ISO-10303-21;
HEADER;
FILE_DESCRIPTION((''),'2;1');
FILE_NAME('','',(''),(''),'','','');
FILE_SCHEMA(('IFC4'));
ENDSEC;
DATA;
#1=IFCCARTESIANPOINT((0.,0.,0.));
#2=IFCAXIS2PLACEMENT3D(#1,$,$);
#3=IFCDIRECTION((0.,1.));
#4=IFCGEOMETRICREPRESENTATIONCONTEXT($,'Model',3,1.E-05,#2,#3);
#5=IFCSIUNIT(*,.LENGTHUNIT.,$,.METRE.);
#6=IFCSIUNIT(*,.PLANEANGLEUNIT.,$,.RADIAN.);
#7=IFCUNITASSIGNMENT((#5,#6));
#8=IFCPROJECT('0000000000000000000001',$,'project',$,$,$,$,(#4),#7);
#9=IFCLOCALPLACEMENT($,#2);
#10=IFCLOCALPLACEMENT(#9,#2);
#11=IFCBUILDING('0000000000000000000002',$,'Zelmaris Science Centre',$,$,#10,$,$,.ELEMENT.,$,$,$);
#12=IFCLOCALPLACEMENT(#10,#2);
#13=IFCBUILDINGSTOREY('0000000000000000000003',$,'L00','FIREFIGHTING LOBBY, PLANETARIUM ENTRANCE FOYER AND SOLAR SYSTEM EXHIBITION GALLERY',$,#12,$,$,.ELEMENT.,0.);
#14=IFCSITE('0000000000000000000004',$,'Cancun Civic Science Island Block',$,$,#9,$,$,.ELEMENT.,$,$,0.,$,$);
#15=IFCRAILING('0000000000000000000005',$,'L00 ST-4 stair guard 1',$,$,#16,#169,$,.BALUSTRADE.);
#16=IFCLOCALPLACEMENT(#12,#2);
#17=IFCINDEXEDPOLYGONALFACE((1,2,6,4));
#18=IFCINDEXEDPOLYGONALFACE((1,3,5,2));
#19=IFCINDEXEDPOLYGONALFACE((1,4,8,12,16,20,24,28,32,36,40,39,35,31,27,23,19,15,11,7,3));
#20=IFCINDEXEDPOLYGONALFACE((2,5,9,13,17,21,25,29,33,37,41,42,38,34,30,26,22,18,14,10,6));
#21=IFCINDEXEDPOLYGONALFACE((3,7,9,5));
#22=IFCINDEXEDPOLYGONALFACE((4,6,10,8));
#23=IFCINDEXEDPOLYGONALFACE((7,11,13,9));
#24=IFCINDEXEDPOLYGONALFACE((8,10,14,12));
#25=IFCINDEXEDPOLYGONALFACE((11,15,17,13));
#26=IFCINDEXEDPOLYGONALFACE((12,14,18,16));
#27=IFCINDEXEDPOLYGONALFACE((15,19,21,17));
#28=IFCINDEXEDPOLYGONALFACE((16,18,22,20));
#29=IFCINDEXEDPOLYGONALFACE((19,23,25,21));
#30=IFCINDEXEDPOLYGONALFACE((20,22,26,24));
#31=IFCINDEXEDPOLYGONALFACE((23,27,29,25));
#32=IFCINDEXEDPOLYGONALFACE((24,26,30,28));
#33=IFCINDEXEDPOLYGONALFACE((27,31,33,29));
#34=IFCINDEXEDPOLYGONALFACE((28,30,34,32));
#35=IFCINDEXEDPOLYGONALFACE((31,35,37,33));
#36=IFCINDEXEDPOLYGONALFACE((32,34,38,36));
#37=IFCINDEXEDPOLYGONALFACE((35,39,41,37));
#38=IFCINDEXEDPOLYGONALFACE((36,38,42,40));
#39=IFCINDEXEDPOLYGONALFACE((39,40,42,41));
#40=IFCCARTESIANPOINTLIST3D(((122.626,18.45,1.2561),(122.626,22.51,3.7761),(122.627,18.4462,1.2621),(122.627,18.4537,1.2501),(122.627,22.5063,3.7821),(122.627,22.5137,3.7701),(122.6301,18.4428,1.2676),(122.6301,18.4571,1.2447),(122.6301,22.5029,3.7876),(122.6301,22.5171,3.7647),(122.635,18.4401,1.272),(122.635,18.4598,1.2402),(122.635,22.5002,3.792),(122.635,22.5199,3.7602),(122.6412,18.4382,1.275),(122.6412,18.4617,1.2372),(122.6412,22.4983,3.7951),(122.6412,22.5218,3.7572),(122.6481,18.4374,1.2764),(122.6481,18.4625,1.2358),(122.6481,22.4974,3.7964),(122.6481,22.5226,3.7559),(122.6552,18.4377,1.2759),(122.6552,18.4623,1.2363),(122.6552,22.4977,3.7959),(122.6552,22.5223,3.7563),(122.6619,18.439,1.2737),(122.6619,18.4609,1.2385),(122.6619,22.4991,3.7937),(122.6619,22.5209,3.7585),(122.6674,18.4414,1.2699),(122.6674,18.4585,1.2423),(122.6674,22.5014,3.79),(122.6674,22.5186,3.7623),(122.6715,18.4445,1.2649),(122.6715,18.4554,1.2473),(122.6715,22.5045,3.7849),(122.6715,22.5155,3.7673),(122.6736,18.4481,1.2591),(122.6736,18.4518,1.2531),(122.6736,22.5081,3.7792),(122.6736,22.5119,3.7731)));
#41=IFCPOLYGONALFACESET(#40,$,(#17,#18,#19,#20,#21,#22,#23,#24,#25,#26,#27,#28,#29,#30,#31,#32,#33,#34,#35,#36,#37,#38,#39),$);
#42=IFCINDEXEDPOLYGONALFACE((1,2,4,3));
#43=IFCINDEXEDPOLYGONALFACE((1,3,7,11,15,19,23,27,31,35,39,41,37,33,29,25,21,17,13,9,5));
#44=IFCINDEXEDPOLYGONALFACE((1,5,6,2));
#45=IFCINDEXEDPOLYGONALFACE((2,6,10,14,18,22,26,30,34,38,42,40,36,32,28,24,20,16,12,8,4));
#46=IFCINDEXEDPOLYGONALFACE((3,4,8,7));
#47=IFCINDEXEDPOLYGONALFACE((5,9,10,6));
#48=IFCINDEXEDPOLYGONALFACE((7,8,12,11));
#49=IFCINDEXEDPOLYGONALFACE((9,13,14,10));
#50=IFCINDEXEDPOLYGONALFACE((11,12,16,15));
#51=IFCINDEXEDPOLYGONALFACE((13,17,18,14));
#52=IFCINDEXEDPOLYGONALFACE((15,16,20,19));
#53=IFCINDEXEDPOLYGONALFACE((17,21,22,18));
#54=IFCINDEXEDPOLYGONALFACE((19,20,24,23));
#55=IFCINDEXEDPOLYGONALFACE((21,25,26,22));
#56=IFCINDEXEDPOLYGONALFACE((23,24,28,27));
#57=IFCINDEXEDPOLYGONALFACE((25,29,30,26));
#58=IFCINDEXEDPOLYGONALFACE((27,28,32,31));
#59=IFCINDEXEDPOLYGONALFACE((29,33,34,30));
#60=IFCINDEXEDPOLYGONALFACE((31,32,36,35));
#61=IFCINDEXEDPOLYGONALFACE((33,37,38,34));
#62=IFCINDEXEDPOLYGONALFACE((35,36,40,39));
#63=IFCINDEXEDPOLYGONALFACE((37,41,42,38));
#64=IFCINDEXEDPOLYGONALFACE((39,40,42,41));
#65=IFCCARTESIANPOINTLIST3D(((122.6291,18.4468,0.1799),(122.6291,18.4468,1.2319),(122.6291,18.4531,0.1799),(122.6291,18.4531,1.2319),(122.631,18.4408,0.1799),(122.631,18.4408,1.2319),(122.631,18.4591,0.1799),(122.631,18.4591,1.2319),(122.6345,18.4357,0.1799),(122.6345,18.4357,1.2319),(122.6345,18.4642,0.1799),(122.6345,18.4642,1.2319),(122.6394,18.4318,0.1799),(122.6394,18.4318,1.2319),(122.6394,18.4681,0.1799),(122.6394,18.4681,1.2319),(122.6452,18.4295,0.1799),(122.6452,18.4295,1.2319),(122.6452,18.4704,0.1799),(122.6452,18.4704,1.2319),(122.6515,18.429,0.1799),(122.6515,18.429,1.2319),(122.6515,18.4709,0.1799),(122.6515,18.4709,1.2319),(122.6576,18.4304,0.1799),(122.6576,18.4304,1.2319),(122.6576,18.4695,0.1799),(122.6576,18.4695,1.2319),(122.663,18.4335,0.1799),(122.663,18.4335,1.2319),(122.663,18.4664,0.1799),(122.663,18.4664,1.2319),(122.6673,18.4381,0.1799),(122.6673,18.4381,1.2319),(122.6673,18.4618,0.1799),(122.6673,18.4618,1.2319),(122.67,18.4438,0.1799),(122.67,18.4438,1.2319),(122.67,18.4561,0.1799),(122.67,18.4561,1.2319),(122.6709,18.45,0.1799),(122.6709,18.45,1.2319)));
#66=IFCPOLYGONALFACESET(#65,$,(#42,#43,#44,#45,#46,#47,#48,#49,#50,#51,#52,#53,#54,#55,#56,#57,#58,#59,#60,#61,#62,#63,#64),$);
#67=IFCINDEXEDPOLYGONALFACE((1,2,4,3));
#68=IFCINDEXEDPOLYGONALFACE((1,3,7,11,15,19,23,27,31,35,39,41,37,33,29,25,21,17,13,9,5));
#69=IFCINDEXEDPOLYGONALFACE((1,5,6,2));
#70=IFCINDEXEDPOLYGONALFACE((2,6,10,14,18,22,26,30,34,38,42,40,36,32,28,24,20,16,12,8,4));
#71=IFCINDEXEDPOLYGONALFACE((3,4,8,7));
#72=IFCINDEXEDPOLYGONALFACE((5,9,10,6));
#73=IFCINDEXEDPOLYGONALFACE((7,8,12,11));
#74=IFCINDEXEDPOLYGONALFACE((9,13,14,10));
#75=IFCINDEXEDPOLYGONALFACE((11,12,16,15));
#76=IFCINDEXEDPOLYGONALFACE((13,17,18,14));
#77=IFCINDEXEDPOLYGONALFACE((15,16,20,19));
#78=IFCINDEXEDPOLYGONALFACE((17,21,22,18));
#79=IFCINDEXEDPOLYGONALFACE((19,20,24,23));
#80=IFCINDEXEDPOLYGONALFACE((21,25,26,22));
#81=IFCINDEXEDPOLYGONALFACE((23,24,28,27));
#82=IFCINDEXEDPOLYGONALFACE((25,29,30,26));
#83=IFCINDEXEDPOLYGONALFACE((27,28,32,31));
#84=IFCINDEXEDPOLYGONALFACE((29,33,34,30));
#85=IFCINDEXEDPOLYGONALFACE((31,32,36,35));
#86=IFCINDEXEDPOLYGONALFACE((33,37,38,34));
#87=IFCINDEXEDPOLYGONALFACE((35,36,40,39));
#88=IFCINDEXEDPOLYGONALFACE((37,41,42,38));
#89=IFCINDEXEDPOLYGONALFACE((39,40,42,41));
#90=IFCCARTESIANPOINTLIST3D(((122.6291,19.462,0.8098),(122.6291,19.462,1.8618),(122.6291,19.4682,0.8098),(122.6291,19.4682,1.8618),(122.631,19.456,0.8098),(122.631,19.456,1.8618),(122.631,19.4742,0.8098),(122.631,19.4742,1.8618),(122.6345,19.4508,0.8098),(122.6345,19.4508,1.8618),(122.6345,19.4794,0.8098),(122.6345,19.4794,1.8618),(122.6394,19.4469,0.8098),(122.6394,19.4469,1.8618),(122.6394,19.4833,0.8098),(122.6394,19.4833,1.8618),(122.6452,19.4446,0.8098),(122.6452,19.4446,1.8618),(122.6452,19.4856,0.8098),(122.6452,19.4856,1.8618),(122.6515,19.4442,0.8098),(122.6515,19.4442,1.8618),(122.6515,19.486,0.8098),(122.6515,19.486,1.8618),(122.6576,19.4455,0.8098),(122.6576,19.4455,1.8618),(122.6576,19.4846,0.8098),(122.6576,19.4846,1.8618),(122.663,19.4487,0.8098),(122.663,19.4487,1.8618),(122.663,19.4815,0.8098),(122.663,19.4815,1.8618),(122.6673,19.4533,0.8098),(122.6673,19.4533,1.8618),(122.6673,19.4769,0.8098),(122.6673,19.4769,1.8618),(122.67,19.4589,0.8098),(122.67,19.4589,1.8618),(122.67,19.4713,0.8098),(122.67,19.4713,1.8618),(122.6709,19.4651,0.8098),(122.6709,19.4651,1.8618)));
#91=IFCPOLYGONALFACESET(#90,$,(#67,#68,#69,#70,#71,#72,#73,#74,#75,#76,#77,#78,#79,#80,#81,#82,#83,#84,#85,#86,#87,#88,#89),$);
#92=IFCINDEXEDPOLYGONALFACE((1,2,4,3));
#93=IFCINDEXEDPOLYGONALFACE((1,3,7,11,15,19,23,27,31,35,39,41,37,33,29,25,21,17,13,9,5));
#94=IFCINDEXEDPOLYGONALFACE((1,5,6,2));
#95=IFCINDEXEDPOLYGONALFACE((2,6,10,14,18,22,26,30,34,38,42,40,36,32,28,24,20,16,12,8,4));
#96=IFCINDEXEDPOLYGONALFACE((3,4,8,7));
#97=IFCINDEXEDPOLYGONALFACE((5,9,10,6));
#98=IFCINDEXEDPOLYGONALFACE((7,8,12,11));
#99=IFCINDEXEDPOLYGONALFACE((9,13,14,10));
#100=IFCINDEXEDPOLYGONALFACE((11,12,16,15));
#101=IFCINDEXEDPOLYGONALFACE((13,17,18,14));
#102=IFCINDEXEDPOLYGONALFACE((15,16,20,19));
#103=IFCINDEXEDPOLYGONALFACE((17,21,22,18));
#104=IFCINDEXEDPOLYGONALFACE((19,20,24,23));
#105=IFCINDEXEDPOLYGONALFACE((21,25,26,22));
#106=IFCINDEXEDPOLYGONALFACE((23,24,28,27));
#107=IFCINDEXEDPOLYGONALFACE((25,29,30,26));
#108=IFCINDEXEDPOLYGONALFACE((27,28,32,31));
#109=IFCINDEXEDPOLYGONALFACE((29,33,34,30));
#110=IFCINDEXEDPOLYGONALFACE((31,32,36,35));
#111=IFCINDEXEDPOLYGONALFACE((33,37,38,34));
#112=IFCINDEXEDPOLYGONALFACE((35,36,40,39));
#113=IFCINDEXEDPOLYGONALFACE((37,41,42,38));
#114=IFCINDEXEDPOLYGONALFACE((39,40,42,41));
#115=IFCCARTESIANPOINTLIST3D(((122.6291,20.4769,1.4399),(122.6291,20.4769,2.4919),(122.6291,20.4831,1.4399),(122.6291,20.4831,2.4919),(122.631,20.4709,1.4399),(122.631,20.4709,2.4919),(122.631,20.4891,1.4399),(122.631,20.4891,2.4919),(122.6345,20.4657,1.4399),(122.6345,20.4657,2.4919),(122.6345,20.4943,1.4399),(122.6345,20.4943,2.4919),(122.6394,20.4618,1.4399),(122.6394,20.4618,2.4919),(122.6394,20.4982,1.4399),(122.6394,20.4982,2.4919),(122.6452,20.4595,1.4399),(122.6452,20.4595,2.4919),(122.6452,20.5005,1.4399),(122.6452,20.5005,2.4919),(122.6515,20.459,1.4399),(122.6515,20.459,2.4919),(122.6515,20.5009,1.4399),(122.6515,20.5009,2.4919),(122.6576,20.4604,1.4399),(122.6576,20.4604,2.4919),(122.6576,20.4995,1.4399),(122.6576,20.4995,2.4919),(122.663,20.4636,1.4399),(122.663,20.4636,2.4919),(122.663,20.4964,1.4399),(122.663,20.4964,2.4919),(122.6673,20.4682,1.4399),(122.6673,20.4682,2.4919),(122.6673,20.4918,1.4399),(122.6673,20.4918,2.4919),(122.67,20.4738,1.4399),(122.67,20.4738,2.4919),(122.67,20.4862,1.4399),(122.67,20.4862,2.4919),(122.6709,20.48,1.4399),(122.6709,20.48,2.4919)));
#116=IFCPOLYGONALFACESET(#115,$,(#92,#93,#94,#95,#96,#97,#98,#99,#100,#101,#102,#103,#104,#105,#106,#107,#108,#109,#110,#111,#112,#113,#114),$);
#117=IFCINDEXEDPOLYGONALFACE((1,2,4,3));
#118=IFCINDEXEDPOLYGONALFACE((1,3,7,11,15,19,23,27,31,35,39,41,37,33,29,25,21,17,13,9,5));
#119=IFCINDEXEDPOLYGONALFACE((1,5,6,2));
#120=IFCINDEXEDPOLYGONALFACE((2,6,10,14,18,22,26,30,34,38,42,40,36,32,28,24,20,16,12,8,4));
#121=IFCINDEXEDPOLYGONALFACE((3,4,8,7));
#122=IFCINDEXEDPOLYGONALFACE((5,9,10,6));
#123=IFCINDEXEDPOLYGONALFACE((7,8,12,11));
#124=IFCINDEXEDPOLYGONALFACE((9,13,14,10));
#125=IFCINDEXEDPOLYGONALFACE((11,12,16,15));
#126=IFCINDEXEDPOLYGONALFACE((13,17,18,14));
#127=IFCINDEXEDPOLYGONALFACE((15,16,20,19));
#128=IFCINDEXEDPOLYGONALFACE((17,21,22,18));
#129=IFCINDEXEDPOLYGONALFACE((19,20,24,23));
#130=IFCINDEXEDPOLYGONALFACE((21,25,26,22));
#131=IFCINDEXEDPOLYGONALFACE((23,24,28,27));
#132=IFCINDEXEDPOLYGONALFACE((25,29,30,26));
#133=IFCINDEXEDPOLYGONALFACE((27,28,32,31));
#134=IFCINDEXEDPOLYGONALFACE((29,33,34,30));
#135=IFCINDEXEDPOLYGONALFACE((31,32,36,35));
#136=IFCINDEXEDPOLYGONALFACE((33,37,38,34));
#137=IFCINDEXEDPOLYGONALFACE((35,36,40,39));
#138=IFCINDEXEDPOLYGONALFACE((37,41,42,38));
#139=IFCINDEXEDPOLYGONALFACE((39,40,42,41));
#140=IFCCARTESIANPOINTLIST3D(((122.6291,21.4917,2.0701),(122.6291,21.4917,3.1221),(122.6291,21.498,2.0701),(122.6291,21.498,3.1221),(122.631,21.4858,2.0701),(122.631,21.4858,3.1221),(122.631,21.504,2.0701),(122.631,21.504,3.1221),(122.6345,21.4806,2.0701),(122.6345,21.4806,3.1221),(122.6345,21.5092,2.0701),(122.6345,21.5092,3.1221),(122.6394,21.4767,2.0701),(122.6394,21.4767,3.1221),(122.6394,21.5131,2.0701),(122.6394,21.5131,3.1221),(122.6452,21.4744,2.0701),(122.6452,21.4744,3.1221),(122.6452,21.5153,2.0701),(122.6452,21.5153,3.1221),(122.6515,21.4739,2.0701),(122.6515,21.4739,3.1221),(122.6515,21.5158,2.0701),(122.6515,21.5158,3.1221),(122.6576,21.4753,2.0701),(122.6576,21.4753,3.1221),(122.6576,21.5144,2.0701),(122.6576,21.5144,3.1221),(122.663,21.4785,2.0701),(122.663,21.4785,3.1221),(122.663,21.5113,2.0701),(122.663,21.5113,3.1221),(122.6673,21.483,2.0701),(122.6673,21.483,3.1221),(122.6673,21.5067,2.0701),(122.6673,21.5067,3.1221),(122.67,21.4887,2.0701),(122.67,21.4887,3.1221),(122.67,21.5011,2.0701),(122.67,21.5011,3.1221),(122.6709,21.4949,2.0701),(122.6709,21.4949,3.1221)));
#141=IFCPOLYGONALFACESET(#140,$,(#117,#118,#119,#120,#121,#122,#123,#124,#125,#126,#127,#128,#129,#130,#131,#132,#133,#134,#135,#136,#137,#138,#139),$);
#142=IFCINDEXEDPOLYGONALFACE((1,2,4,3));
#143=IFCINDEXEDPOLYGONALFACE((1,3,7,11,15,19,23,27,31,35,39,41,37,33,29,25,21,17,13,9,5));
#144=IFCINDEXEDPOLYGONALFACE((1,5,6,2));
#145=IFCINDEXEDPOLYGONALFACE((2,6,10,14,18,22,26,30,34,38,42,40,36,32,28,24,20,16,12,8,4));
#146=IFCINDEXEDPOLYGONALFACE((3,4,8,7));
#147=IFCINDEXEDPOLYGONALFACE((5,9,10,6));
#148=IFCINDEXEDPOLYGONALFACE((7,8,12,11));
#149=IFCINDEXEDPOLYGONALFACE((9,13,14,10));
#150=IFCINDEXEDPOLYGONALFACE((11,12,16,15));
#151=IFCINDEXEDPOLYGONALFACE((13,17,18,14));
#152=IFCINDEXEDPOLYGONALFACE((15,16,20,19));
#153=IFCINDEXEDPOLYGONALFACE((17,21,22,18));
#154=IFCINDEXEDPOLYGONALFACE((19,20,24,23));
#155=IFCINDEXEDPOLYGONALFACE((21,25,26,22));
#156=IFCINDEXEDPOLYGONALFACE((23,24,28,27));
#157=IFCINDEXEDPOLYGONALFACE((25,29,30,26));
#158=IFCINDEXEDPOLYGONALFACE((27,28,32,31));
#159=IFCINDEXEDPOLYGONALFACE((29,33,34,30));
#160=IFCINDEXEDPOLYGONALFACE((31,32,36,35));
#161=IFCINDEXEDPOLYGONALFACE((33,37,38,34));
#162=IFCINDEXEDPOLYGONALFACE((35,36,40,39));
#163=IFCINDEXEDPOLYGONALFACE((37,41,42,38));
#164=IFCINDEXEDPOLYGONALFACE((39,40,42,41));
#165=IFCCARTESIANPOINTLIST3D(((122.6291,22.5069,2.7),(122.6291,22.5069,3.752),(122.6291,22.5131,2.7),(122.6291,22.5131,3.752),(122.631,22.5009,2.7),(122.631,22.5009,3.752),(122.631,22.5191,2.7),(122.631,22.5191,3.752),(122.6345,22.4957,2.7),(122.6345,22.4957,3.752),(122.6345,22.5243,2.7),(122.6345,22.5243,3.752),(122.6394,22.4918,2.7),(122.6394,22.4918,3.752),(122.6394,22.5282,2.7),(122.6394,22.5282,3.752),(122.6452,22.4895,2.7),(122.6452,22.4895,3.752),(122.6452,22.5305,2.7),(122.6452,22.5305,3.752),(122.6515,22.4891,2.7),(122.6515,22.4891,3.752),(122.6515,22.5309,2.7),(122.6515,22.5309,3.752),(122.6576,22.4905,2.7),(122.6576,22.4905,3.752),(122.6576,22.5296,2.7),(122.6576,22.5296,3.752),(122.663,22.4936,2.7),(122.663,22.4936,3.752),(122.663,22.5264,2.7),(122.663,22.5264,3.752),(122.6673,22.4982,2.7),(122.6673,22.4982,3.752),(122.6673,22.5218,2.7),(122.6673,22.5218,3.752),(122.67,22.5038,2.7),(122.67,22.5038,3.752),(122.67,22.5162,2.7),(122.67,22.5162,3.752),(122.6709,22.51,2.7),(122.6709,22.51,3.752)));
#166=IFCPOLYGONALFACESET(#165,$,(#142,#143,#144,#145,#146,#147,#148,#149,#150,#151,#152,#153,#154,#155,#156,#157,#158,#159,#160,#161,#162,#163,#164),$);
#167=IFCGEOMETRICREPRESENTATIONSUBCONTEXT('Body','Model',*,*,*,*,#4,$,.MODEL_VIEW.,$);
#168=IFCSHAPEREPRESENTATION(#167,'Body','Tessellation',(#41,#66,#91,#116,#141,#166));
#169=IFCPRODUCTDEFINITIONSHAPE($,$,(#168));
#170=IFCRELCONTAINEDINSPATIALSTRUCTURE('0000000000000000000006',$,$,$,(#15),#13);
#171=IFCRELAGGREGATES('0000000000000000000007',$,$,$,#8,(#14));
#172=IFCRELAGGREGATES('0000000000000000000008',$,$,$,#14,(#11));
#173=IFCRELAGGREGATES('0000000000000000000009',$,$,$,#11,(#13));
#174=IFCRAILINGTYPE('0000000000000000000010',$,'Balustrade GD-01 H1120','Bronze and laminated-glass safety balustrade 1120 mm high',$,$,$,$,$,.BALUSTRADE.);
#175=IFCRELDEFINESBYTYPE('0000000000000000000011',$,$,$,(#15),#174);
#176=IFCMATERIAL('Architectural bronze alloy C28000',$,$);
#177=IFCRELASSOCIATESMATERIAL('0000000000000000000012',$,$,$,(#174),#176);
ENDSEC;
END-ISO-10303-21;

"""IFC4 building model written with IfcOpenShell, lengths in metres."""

from ifc_helpers import new_model, si_unit, direction, frame, origin, origin_2d, place, context, subcontext, project, spatial, circle, extrude, material, type_object, element, save


model = new_model("IFC4")

# Units and contexts
model_context = context("Model", 3, precision=1e-05, world=origin(), true_north=direction((0.0, 1.0)))
body_context = subcontext(model_context, "Body", "Model", "MODEL_VIEW")
ifc_project = project(units=[si_unit("LENGTHUNIT", "METRE"), si_unit("PLANEANGLEUNIT", "RADIAN")], contexts=[model_context])

# Site, building, storey
site_placement = place(None, origin())
site = spatial("IfcSite", under=ifc_project, at=site_placement, Name="Cancun Civic Science Island Block", CompositionType="ELEMENT", RefElevation=0.0)
building_placement = place(site_placement, origin())
building = spatial("IfcBuilding", under=site, at=building_placement, Name="Zelmaris Science Centre", CompositionType="ELEMENT")
storey_placement = place(building_placement, origin())
storey = spatial("IfcBuildingStorey", under=building, at=storey_placement, Name="L00", Description="FIREFIGHTING LOBBY, PLANETARIUM ENTRANCE FOYER AND SOLAR SYSTEM EXHIBITION GALLERY", CompositionType="ELEMENT", Elevation=0.0)

# Railing
ifc_material_1 = material(Name="Architectural bronze alloy C28000")
railing_type = type_object("IfcRailingType", Name="Balustrade GD-01 H1120", Description="Bronze and laminated-glass safety balustrade 1120 mm high", PredefinedType="BALUSTRADE", material=ifc_material_1)
railing_1_placement = place(storey_placement, frame((122.6499, 18.45, 0.1799)))
element("IfcRailing", 1, at=railing_1_placement, inside=storey, type_object=railing_type, Name="L00 ST-4 stair guard 1", PredefinedType="BALUSTRADE", context=body_context, shape_type="SweptSolid", body=[
    extrude(circle(Radius=0.0239, at=origin_2d()), frame((0.0, 0.0, 1.0762), z_axis=(0.0, 0.849642, 0.52736), x_axis=(-1.0, 0.0, 0.0)), (0.0, 0.0, 1.0), 4.7786),
    extrude(circle(Radius=0.021, at=origin_2d()), origin(), (0.0, 0.0, 1.0), 1.052),
    extrude(circle(Radius=0.021, at=origin_2d()), frame((0.0, 1.0151, 0.6299)), (0.0, 0.0, 1.0), 1.052),
    extrude(circle(Radius=0.021, at=origin_2d()), frame((0.0, 2.03, 1.26)), (0.0, 0.0, 1.0), 1.052),
    extrude(circle(Radius=0.021, at=origin_2d()), frame((0.0, 3.0449, 1.8901)), (0.0, 0.0, 1.0), 1.052),
    extrude(circle(Radius=0.021, at=origin_2d()), frame((0.0, 4.0601, 2.52)), (0.0, 0.0, 1.0), 1.052),
])

save(model, "model.ifc")
